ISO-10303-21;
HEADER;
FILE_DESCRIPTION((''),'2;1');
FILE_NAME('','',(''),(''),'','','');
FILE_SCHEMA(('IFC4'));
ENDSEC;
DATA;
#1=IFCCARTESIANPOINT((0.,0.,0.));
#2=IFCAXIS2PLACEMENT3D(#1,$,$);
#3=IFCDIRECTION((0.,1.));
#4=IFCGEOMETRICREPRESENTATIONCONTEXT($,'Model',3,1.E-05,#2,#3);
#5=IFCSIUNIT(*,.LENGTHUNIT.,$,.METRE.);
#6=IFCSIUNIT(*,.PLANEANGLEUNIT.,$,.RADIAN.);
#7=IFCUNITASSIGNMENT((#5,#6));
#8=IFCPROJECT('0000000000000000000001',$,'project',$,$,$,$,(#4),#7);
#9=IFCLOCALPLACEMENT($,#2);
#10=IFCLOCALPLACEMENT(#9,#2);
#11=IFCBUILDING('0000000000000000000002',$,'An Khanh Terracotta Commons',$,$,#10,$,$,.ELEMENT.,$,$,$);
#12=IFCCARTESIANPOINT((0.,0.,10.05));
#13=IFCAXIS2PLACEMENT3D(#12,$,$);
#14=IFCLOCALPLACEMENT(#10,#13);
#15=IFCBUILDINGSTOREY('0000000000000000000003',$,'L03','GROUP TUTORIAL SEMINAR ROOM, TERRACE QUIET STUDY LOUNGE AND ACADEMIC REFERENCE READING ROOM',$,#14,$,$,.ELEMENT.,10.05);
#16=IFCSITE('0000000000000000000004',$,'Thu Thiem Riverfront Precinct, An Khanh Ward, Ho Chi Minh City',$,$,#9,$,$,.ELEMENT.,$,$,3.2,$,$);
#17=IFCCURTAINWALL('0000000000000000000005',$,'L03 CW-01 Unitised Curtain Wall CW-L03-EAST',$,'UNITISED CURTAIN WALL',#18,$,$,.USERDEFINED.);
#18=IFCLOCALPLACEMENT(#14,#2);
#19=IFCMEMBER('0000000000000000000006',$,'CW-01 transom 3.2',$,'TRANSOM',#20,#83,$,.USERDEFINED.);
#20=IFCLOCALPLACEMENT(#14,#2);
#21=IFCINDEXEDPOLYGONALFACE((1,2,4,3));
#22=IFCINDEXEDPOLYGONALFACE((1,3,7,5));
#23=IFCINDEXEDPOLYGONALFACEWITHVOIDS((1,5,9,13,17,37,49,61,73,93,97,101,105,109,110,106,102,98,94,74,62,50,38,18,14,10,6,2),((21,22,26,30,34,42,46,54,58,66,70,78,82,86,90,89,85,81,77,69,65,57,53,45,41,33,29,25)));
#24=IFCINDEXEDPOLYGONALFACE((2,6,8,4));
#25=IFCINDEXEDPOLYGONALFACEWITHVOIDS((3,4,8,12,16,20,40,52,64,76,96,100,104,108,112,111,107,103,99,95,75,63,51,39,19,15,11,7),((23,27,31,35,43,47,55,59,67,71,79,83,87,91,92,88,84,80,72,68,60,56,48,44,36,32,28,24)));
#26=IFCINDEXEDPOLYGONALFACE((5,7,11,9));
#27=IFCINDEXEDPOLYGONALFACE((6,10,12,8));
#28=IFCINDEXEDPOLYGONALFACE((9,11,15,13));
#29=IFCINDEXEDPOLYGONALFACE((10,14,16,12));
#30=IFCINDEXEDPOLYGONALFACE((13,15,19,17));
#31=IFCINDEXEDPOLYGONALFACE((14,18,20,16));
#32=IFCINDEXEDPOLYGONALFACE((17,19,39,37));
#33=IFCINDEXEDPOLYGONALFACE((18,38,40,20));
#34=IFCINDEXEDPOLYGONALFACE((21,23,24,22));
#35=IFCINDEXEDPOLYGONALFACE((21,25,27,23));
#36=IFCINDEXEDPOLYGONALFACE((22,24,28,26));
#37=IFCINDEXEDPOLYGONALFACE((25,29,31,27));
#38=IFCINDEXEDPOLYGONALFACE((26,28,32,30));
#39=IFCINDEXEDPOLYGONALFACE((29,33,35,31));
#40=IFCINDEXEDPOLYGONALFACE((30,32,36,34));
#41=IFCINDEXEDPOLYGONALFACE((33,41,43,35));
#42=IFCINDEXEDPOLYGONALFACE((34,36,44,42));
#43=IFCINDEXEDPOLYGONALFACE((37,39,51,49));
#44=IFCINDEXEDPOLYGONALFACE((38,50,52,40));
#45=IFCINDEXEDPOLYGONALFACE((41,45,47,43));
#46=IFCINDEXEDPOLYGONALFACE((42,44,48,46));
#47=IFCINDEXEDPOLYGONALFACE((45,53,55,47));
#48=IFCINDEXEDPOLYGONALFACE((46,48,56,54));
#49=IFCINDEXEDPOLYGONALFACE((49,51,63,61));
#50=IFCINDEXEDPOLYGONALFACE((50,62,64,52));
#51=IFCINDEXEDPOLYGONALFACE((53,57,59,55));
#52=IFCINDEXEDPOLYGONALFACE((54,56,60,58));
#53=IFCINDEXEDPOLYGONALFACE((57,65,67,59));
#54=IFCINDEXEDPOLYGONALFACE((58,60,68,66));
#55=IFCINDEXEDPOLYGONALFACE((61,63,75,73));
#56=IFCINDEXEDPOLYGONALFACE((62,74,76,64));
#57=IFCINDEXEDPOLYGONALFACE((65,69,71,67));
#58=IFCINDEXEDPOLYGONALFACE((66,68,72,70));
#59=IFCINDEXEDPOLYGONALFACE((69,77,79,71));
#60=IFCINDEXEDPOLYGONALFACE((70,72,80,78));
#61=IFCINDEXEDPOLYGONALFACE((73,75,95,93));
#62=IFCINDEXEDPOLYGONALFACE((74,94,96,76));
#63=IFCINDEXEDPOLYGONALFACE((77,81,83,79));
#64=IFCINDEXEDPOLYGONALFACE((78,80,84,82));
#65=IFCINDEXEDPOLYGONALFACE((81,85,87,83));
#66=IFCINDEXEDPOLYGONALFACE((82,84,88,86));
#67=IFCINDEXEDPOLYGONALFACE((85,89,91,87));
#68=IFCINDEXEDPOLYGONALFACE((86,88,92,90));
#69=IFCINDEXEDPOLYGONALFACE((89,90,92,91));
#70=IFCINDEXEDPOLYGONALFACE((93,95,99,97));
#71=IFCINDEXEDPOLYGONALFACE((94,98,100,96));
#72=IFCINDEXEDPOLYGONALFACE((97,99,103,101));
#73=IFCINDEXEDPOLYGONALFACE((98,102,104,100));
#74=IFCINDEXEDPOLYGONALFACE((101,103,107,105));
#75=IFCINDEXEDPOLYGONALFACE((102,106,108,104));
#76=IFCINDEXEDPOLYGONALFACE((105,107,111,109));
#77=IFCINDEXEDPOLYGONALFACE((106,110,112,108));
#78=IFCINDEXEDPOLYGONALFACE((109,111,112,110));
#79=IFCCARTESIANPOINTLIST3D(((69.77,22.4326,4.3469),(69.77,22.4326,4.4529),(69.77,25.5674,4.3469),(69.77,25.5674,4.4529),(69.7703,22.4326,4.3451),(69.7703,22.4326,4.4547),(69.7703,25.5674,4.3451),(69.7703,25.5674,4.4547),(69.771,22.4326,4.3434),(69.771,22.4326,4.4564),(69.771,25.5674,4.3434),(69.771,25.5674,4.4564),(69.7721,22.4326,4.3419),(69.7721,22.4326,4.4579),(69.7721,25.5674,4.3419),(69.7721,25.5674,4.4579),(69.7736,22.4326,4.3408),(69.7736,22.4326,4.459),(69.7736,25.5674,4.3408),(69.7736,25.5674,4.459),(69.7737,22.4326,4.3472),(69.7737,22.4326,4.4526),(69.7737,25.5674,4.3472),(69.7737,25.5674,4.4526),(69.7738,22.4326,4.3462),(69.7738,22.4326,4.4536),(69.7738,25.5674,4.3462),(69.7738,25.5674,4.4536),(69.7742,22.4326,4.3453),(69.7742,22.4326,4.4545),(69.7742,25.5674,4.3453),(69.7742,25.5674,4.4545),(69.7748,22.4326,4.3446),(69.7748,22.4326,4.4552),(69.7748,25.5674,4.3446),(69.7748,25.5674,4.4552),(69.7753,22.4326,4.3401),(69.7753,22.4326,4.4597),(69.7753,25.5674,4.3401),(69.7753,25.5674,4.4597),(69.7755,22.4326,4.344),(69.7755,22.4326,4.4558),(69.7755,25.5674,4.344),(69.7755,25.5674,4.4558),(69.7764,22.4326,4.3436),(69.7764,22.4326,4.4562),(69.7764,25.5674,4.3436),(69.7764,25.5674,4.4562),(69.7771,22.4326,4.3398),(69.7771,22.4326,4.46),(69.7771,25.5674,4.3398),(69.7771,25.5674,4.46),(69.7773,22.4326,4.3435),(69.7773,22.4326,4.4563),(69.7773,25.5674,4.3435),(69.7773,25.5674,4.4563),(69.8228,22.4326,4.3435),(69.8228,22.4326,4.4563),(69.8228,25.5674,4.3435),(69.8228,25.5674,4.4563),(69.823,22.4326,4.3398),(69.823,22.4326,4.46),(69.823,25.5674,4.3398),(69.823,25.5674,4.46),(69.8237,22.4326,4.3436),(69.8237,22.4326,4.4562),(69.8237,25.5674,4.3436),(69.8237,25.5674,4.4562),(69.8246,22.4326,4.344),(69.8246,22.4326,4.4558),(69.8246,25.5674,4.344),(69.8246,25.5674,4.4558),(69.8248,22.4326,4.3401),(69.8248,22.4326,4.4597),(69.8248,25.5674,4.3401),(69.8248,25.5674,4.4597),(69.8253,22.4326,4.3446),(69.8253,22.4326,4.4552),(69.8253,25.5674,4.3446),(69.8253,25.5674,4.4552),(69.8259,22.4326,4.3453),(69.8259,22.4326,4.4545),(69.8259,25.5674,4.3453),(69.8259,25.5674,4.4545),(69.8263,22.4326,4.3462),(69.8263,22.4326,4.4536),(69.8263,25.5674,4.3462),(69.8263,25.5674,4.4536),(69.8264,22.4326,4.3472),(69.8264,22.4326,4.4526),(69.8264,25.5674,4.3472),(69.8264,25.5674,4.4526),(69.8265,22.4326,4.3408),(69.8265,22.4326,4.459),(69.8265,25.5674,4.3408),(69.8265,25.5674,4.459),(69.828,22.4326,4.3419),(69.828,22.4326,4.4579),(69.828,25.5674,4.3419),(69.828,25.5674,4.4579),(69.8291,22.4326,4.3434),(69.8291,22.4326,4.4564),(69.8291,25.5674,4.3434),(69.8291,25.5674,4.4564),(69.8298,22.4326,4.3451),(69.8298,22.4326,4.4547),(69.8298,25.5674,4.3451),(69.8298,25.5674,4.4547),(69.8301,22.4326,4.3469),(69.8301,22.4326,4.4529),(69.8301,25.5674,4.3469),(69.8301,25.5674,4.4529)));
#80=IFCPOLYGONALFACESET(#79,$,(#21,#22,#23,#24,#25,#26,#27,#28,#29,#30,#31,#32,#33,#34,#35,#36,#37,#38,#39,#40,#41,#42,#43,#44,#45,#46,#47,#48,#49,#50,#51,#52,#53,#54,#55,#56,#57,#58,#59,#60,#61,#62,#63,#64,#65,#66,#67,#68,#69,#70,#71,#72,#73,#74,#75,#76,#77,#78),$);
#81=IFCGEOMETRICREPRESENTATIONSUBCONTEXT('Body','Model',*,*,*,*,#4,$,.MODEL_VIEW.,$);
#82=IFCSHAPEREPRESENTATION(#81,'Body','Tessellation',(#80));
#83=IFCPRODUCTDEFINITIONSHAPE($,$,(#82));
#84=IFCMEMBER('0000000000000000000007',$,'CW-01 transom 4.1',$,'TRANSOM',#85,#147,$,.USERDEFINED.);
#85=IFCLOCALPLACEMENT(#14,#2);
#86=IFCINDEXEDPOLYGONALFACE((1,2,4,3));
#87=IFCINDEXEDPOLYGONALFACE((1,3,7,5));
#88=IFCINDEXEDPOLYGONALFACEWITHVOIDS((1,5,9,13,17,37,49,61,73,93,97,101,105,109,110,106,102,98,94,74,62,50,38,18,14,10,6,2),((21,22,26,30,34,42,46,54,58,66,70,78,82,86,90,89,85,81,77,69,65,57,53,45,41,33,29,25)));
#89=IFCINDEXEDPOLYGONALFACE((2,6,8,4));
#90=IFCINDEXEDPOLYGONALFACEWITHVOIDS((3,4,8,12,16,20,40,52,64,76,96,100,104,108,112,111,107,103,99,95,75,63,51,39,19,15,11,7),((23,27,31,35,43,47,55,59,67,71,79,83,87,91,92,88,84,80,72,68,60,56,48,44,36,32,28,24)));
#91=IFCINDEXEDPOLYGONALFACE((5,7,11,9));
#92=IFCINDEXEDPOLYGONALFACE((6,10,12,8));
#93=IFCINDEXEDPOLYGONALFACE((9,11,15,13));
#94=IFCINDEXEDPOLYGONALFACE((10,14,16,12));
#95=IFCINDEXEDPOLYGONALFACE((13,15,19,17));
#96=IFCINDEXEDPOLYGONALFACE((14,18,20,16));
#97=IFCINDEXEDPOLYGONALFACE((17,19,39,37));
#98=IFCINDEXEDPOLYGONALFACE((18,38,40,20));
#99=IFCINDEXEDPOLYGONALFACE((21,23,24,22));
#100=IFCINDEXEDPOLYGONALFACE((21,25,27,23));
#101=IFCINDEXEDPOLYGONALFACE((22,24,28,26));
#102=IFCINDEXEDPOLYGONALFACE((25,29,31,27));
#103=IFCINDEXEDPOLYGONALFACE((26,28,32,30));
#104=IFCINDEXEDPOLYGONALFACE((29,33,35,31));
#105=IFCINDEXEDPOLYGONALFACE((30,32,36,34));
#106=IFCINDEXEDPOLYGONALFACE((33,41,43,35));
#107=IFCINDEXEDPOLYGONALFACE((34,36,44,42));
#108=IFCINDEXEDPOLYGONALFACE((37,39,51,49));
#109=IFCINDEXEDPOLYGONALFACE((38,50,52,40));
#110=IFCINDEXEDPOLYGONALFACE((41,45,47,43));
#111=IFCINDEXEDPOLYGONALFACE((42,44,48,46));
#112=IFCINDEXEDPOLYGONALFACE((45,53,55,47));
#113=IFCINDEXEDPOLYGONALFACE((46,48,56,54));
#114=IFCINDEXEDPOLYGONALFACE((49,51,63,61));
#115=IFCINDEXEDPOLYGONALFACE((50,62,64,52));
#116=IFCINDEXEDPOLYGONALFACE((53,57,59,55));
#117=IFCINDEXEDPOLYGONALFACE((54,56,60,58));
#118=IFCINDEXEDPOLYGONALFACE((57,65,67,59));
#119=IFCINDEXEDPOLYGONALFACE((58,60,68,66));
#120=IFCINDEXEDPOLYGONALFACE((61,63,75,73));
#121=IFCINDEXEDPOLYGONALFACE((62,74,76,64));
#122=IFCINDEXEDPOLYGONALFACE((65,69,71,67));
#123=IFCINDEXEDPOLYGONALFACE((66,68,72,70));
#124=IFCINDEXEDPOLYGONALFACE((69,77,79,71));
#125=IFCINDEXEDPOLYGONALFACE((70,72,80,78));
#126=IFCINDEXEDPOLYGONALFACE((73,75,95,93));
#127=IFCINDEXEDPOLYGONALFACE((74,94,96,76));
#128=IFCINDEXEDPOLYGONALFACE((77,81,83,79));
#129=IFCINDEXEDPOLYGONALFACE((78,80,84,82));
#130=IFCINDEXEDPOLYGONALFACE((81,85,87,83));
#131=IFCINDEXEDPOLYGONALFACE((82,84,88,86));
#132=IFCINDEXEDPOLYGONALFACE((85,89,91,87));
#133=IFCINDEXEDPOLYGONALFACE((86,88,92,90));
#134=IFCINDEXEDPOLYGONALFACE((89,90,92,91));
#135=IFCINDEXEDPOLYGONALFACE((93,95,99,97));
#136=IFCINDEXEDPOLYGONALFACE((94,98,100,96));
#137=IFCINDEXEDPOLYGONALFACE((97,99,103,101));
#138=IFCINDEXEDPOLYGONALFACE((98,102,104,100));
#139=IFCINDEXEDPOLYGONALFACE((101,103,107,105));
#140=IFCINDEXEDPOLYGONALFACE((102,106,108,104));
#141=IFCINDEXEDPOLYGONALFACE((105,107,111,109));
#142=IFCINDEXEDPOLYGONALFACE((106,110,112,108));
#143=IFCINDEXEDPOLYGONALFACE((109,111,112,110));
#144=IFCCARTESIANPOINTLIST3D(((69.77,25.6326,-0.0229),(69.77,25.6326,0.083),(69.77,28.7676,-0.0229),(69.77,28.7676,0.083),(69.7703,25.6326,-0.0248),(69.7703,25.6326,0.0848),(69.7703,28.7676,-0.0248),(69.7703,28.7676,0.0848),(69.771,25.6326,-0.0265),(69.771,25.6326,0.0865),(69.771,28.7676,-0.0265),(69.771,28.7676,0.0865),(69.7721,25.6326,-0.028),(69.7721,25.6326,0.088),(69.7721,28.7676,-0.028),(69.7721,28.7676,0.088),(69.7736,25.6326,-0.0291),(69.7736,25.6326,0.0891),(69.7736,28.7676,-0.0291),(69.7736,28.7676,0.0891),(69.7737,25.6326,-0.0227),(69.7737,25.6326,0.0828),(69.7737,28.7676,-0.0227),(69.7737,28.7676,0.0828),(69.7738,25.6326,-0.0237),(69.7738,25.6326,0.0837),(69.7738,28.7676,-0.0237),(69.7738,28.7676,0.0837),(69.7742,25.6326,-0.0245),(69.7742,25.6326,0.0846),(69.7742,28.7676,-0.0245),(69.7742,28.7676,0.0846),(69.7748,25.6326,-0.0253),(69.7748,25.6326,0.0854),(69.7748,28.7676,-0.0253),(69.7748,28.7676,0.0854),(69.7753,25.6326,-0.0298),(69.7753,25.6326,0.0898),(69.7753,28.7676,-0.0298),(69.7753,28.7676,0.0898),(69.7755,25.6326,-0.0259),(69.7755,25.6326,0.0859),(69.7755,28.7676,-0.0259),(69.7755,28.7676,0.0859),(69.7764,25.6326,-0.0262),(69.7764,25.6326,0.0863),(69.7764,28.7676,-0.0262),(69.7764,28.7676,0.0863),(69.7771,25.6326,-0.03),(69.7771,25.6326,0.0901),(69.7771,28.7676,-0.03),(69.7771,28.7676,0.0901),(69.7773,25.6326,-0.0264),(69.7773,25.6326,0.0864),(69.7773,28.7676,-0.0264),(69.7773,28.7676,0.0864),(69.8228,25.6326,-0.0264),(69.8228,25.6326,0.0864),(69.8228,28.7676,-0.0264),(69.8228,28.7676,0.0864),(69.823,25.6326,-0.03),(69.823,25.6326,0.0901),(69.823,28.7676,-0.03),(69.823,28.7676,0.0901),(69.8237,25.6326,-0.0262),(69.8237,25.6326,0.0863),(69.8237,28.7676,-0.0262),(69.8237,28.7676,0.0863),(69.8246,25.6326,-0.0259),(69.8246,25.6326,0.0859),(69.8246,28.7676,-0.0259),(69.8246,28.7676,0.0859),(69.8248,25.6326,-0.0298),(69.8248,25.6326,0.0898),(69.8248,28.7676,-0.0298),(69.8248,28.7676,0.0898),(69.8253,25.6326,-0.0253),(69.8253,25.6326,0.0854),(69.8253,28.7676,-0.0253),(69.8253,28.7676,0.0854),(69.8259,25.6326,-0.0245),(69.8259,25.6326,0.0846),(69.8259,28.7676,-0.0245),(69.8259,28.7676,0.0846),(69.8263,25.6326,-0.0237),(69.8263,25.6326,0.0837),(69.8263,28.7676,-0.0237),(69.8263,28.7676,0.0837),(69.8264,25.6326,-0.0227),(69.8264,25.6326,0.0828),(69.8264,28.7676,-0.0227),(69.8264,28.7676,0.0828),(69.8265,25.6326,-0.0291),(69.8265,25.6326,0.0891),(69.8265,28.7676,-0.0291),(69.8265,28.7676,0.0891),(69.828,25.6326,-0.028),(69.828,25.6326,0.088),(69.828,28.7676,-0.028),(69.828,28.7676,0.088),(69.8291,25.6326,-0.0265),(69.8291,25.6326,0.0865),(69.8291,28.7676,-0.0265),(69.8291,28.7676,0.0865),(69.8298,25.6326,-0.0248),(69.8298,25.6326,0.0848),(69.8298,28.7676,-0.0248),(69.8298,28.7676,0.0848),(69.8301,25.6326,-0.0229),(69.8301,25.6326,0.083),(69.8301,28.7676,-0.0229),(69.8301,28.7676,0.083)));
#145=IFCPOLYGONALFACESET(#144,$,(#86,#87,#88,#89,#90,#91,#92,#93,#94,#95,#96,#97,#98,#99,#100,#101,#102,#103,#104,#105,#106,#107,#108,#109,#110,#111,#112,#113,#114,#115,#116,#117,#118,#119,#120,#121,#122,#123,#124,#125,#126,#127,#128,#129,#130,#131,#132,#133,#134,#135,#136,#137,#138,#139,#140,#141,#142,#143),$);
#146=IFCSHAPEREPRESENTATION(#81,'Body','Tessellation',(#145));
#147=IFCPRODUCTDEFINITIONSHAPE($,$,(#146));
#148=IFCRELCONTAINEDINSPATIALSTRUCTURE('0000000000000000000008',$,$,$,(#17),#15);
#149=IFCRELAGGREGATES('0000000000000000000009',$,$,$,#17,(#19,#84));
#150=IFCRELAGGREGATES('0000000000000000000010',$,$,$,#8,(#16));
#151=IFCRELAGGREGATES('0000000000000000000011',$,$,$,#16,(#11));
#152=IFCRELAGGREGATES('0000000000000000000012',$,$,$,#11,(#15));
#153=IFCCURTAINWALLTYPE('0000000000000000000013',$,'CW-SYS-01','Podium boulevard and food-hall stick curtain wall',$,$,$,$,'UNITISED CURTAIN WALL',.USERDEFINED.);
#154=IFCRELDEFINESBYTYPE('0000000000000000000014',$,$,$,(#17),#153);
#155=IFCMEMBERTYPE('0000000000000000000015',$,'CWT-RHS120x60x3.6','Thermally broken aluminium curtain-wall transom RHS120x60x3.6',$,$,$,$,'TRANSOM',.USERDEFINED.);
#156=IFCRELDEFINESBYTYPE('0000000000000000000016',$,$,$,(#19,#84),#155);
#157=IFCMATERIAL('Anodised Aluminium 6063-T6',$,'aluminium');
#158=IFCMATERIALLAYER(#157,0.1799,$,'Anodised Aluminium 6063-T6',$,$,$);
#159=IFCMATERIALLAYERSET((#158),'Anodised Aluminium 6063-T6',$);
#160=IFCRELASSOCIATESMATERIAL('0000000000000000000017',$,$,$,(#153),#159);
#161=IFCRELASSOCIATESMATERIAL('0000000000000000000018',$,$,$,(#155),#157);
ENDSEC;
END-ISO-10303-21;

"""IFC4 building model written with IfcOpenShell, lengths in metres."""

from ifc_helpers import new_model, si_unit, direction, frame, origin, origin_2d, place, context, subcontext, project, spatial, hollow_rectangle, extrude, material, layer, layer_set, material_profile, profile_set, type_object, element, aggregate, save


model = new_model("IFC4")

# Units and contexts
model_context = context("Model", 3, precision=1e-05, world=origin(), true_north=direction((0.0, 1.0)))
body_context = subcontext(model_context, "Body", "Model", "MODEL_VIEW")
ifc_project = project(units=[si_unit("LENGTHUNIT", "METRE"), si_unit("PLANEANGLEUNIT", "RADIAN")], contexts=[model_context])

# Site, building, storey
site_placement = place(None, origin())
site = spatial("IfcSite", under=ifc_project, at=site_placement, Name="Thu Thiem Riverfront Precinct, An Khanh Ward, Ho Chi Minh City", CompositionType="ELEMENT", RefElevation=3.2)
building_placement = place(site_placement, origin())
building = spatial("IfcBuilding", under=site, at=building_placement, Name="An Khanh Terracotta Commons", CompositionType="ELEMENT")
storey_placement = place(building_placement, frame((0.0, 0.0, 10.05)))
storey = spatial("IfcBuildingStorey", under=building, at=storey_placement, Name="L03", Description="GROUP TUTORIAL SEMINAR ROOM, TERRACE QUIET STUDY LOUNGE AND ACADEMIC REFERENCE READING ROOM", CompositionType="ELEMENT", Elevation=10.05)

# Curtain wall, members
ifc_material_1 = material(Name="Anodised Aluminium 6063-T6", Category="aluminium")
ifc_layer_1 = layer(ifc_material_1, 0.1799, Name="Anodised Aluminium 6063-T6")
ifc_layer_set_1 = layer_set([ifc_layer_1], Name="Anodised Aluminium 6063-T6")
curtain_wall_type = type_object("IfcCurtainWallType", Name="CW-SYS-01", Description="Podium boulevard and food-hall stick curtain wall", ElementType="UNITISED CURTAIN WALL", PredefinedType="USERDEFINED", material=ifc_layer_set_1)
curtain_wall_placement = place(storey_placement, origin())
curtain_wall = element("IfcCurtainWall", 1, at=curtain_wall_placement, inside=storey, type_object=curtain_wall_type, Name="L03 CW-01 Unitised Curtain Wall CW-L03-EAST", ObjectType="UNITISED CURTAIN WALL", PredefinedType="USERDEFINED")
ifc_material_profile_1 = material_profile(ifc_material_1, hollow_rectangle(XDim=0.0601, YDim=0.1201, WallThickness=0.0037, InnerFilletRadius=0.0037, OuterFilletRadius=0.0071, at=origin_2d()), Name="RHS120x60x3.6")
ifc_profile_set_1 = profile_set([ifc_material_profile_1], Name="Anodised Aluminium 6063-T6")
member_type_1 = type_object("IfcMemberType", Name="CWT-RHS120x60x3.6", Description="Thermally broken aluminium curtain-wall transom RHS120x60x3.6", ElementType="TRANSOM", PredefinedType="USERDEFINED", material=ifc_profile_set_1)
member_1_placement = place(storey_placement, frame((69.8, 22.4326, 4.3999), z_axis=(0.0, 1.0, 0.0), x_axis=(-1.0, 0.0, 0.0)))
member_1 = element("IfcMember", 2, at=member_1_placement, type_object=member_type_1, Name="CW-01 transom 3.2", ObjectType="TRANSOM", PredefinedType="USERDEFINED", context=body_context, shape_type="SweptSolid", body=[
    extrude(hollow_rectangle(XDim=0.0601, YDim=0.1201, WallThickness=0.0037, InnerFilletRadius=0.0037, OuterFilletRadius=0.0071, at=origin_2d()), origin(), (0.0, 0.0, 1.0), 3.1348),
])
member_2_placement = place(storey_placement, frame((69.8, 25.6326, 0.03), z_axis=(0.0, 1.0, 0.0), x_axis=(-1.0, 0.0, 0.0)))
member_2 = element("IfcMember", 3, at=member_2_placement, type_object=member_type_1, Name="CW-01 transom 4.1", ObjectType="TRANSOM", PredefinedType="USERDEFINED", context=body_context, shape_type="SweptSolid", body=[
    extrude(hollow_rectangle(XDim=0.0601, YDim=0.1201, WallThickness=0.0037, InnerFilletRadius=0.0037, OuterFilletRadius=0.0071, at=origin_2d()), origin(), (0.0, 0.0, 1.0), 3.135),
])
aggregate(curtain_wall, [member_1, member_2])

save(model, "model.ifc")
